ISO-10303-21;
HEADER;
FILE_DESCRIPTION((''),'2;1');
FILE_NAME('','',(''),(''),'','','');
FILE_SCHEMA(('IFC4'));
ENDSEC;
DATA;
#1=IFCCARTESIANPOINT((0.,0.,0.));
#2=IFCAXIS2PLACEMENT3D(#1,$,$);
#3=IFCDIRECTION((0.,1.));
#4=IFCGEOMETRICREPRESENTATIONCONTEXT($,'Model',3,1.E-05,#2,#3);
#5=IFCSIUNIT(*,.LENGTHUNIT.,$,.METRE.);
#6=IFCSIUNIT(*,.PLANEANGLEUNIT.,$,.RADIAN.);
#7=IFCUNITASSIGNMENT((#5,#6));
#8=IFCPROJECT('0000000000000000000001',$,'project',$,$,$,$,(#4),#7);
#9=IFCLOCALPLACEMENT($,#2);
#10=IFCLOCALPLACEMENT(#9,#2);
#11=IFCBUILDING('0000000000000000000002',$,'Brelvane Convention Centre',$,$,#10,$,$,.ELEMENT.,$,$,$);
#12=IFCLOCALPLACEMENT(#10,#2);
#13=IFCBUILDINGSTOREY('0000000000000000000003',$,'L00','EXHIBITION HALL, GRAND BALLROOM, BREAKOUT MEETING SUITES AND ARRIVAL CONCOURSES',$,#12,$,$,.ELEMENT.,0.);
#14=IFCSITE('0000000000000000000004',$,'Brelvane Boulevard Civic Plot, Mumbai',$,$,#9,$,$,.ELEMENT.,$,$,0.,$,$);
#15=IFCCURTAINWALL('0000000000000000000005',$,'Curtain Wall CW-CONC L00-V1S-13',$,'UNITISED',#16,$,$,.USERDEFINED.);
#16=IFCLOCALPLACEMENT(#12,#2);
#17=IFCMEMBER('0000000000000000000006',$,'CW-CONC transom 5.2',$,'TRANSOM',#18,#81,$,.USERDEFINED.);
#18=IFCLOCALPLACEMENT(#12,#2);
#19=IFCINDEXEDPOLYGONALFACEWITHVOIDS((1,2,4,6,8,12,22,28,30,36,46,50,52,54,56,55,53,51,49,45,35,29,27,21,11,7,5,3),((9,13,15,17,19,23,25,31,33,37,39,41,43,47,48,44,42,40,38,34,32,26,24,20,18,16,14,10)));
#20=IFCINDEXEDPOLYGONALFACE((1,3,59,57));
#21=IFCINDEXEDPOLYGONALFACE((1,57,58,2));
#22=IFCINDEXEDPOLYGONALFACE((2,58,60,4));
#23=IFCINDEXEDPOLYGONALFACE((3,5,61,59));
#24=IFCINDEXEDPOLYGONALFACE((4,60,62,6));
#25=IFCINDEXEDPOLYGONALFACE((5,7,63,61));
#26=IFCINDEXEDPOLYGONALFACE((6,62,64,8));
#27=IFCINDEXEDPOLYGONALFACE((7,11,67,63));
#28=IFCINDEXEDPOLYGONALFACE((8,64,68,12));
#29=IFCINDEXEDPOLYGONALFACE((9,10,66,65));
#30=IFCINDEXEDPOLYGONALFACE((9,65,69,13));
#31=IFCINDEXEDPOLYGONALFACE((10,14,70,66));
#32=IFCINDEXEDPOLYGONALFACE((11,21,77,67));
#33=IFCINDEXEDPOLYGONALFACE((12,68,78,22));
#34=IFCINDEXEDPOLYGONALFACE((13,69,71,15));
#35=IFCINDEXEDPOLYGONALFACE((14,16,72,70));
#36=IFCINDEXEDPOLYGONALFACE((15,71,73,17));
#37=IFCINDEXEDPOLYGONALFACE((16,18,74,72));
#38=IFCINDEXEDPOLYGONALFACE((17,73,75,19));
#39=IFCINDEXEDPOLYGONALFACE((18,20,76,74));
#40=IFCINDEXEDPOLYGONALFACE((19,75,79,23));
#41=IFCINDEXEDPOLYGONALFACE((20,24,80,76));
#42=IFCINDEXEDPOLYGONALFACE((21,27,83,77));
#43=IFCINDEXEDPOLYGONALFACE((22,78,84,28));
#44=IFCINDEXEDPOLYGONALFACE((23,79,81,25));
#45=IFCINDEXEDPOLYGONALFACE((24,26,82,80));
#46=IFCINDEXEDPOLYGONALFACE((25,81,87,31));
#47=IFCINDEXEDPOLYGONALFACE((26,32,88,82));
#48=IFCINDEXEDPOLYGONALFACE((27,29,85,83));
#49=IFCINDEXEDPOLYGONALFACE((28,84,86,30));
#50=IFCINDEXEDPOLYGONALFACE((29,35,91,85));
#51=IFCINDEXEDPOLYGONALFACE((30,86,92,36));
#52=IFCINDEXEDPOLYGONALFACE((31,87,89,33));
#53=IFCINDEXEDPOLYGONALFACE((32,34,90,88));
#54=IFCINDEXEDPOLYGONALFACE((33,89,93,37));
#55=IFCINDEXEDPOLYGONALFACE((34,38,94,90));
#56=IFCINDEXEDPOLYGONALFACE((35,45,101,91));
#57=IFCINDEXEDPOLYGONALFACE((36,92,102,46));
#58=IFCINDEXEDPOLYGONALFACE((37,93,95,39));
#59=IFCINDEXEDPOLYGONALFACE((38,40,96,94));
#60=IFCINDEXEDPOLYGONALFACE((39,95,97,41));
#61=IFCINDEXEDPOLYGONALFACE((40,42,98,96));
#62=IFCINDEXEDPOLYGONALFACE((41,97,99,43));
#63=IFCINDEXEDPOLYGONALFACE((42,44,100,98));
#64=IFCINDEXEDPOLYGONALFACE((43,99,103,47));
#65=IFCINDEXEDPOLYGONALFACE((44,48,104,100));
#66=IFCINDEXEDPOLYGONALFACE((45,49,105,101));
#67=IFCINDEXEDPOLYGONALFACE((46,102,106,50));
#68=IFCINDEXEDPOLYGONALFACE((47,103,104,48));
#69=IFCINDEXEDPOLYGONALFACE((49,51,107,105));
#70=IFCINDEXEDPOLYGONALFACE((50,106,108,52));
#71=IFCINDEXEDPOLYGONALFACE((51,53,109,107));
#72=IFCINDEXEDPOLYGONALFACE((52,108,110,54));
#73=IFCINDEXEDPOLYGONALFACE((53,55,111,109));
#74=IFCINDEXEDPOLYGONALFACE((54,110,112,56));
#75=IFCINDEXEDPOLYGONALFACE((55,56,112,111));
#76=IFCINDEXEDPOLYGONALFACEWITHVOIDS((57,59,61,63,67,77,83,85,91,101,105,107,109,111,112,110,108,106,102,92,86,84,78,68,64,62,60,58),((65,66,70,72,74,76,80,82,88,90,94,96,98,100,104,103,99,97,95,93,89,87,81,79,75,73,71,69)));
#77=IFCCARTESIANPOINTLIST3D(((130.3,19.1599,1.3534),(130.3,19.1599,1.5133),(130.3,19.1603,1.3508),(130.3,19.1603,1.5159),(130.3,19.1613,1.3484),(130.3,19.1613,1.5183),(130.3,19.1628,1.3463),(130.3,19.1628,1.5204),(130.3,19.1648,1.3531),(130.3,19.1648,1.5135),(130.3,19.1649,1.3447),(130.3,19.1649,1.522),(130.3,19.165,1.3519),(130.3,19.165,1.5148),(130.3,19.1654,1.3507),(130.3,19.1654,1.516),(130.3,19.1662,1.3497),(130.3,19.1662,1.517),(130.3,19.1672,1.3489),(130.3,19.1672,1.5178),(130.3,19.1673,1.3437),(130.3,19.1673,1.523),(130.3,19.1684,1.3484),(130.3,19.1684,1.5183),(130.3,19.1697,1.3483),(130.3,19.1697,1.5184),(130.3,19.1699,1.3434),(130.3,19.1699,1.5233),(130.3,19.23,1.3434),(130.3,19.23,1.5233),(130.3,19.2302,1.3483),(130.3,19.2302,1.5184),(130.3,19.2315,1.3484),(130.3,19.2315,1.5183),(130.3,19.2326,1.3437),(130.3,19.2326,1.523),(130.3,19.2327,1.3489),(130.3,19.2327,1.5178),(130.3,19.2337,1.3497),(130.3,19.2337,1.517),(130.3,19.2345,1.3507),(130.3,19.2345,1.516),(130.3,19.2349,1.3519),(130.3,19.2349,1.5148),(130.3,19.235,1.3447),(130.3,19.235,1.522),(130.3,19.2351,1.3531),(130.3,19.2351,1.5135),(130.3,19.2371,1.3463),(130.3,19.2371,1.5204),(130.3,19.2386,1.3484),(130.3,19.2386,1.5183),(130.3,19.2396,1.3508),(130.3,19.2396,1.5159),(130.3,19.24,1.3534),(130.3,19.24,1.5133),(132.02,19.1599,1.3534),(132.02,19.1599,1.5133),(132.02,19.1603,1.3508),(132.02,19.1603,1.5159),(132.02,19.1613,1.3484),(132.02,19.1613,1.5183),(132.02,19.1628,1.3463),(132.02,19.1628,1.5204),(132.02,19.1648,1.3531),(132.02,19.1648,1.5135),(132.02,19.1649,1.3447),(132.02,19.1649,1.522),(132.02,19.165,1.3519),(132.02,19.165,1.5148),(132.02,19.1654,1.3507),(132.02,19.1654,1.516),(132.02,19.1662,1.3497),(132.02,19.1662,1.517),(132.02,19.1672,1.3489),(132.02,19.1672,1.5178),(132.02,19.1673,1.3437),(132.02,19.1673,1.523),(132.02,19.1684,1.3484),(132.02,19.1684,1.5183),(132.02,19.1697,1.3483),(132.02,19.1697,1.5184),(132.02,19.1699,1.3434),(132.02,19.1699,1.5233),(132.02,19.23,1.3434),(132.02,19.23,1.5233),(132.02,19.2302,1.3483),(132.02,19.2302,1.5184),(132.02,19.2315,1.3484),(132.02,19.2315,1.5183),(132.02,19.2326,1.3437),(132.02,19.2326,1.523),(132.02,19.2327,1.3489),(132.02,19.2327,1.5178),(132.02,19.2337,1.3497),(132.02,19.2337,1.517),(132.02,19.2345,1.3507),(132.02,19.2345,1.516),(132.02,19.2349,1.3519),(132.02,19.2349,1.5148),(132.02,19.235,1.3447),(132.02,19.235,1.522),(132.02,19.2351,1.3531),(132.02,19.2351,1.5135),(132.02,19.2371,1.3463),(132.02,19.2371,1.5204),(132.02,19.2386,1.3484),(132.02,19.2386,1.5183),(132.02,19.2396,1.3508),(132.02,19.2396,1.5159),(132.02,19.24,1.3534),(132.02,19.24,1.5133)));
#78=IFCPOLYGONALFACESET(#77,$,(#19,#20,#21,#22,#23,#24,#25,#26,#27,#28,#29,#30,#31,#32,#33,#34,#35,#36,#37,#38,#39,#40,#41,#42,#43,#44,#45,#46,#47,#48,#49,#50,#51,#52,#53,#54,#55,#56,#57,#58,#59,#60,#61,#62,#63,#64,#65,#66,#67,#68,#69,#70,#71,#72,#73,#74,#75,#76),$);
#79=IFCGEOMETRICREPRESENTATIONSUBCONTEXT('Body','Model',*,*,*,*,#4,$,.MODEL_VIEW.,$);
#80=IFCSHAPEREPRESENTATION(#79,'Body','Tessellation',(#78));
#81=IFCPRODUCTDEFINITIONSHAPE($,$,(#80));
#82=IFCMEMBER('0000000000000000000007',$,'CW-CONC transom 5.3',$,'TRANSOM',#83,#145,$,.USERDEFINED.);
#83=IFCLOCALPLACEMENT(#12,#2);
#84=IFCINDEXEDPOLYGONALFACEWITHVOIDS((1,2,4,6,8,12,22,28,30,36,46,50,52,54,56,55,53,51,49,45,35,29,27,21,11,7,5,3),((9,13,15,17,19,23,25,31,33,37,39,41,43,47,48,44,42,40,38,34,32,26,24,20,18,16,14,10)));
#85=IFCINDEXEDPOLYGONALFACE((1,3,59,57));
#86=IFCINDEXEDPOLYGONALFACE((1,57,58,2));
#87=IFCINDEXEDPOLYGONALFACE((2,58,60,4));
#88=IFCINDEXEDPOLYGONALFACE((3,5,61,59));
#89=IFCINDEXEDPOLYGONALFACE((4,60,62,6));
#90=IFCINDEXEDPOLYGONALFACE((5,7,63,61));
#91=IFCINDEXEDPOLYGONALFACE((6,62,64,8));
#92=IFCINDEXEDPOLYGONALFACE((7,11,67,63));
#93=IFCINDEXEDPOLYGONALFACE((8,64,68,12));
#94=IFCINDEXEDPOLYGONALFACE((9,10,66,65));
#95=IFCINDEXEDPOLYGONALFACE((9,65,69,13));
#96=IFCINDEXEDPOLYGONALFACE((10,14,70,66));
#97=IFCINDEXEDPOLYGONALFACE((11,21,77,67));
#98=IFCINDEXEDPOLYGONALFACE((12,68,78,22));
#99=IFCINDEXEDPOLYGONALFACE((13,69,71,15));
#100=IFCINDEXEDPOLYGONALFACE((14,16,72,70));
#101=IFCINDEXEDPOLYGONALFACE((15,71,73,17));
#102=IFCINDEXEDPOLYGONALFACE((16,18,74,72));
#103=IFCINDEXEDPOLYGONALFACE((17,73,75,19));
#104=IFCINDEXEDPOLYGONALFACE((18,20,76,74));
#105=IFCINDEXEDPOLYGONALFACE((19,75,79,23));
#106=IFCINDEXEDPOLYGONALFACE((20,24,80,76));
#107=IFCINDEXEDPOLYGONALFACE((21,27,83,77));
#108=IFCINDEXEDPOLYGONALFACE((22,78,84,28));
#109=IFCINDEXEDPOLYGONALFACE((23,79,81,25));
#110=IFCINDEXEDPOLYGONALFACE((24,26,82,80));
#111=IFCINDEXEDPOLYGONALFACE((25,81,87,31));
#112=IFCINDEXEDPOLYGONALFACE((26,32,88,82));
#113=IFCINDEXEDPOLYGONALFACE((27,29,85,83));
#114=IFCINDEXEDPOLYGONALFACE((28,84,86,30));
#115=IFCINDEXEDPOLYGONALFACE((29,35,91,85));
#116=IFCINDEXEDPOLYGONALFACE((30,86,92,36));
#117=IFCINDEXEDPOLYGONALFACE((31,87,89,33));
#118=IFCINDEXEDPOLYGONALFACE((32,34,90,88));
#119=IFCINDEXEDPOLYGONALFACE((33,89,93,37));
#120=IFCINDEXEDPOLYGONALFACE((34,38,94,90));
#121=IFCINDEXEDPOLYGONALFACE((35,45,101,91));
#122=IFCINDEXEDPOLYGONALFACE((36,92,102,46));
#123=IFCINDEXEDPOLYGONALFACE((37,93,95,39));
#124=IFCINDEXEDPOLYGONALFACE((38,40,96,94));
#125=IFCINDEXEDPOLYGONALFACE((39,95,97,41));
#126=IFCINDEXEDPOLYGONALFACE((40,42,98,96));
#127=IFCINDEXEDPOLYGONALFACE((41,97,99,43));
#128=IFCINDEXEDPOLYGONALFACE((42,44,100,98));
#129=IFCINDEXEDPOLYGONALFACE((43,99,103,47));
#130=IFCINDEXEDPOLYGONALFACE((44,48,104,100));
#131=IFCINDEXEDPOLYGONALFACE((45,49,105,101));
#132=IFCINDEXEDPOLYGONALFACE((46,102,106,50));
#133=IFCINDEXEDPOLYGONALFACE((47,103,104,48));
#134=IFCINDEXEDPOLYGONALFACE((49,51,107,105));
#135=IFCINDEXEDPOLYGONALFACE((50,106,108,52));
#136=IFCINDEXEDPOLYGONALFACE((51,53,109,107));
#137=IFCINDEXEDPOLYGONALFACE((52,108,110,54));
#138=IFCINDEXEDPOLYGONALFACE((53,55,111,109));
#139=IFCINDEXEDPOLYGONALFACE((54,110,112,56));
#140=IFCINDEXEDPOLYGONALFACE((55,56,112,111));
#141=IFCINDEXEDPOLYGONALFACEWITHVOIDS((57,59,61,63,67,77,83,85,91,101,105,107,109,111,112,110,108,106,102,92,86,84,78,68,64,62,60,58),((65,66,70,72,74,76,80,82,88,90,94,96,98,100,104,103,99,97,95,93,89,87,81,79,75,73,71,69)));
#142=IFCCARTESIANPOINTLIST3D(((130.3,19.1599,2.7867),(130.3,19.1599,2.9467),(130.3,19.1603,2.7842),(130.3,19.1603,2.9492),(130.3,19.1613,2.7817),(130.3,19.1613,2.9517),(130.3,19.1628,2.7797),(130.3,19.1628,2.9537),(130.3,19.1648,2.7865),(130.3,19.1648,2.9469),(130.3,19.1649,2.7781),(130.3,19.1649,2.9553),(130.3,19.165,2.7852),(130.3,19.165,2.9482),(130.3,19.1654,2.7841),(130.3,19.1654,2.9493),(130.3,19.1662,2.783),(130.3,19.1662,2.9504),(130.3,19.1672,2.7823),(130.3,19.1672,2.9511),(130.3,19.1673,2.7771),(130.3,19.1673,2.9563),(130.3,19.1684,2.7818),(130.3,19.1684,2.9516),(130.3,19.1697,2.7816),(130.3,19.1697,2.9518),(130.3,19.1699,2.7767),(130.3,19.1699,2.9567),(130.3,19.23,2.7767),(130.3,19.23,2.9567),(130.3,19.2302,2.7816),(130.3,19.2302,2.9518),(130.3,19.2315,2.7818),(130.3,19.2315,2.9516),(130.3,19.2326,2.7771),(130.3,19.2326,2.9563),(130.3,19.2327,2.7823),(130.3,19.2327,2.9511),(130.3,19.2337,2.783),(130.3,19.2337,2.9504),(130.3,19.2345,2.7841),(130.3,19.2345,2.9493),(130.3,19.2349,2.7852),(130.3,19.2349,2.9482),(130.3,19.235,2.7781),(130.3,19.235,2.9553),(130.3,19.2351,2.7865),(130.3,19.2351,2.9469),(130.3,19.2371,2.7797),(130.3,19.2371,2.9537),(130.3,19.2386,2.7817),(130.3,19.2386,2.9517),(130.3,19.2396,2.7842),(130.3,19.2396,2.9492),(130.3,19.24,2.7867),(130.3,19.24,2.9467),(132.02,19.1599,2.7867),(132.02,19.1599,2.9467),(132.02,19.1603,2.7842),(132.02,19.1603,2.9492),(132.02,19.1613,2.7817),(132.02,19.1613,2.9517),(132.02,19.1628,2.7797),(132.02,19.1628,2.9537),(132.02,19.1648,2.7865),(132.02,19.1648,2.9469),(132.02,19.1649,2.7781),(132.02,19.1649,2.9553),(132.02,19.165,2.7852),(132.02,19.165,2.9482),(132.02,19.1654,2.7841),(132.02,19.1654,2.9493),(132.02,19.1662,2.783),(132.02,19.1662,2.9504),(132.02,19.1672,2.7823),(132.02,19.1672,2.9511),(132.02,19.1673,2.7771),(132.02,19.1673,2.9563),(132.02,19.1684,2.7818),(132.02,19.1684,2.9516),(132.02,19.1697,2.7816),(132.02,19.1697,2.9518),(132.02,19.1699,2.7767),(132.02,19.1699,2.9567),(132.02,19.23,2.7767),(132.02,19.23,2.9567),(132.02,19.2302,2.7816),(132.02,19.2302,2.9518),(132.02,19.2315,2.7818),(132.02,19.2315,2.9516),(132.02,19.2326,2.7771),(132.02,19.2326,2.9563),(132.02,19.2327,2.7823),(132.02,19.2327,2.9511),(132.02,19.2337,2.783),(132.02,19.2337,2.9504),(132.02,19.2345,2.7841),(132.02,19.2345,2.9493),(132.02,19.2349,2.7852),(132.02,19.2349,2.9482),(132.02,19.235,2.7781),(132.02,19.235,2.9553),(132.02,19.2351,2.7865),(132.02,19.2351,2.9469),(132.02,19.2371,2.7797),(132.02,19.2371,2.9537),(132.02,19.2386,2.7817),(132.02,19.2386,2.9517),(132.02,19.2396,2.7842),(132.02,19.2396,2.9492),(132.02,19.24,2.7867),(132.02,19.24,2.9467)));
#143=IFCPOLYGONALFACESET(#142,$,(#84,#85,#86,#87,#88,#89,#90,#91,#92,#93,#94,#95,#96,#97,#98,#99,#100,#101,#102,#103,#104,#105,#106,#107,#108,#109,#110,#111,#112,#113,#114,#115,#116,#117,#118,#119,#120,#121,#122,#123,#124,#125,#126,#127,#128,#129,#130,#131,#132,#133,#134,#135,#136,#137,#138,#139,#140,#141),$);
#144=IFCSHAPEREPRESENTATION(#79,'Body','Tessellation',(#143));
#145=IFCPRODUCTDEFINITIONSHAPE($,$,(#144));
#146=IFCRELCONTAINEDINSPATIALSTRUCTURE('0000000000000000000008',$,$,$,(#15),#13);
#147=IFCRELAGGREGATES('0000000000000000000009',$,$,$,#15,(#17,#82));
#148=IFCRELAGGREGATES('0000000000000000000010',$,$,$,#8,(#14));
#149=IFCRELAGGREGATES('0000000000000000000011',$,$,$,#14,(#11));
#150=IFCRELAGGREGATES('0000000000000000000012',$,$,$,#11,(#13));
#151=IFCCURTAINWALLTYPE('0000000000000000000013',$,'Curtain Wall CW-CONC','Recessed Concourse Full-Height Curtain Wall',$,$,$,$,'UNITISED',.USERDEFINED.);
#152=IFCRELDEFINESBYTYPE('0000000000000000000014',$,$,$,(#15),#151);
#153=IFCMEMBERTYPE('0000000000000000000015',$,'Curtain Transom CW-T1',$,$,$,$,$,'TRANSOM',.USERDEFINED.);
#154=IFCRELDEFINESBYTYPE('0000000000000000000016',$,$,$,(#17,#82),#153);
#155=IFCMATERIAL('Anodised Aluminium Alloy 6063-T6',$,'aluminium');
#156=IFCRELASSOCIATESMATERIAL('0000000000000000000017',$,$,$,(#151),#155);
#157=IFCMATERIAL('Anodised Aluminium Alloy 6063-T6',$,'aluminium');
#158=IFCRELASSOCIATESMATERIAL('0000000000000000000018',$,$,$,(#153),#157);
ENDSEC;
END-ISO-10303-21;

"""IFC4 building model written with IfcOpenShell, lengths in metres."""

from ifc_helpers import new_model, si_unit, direction, frame, origin, origin_2d, place, context, subcontext, project, spatial, hollow_rectangle, extrude, material, material_profile, profile_set, type_object, element, aggregate, save


model = new_model("IFC4")

# Units and contexts
model_context = context("Model", 3, precision=1e-05, world=origin(), true_north=direction((0.0, 1.0)))
body_context = subcontext(model_context, "Body", "Model", "MODEL_VIEW")
ifc_project = project(units=[si_unit("LENGTHUNIT", "METRE"), si_unit("PLANEANGLEUNIT", "RADIAN")], contexts=[model_context])

# Site, building, storey
site_placement = place(None, origin())
site = spatial("IfcSite", under=ifc_project, at=site_placement, Name="Brelvane Boulevard Civic Plot, Mumbai", CompositionType="ELEMENT", RefElevation=0.0)
building_placement = place(site_placement, origin())
building = spatial("IfcBuilding", under=site, at=building_placement, Name="Brelvane Convention Centre", CompositionType="ELEMENT")
storey_placement = place(building_placement, origin())
storey = spatial("IfcBuildingStorey", under=building, at=storey_placement, Name="L00", Description="EXHIBITION HALL, GRAND BALLROOM, BREAKOUT MEETING SUITES AND ARRIVAL CONCOURSES", CompositionType="ELEMENT", Elevation=0.0)

# Curtain wall, members
ifc_material_1 = material(Name="Anodised Aluminium Alloy 6063-T6", Category="aluminium")
curtain_wall_type = type_object("IfcCurtainWallType", Name="Curtain Wall CW-CONC", Description="Recessed Concourse Full-Height Curtain Wall", ElementType="UNITISED", PredefinedType="USERDEFINED", material=ifc_material_1)
curtain_wall_placement = place(storey_placement, origin())
curtain_wall = element("IfcCurtainWall", 1, at=curtain_wall_placement, inside=storey, type_object=curtain_wall_type, Name="Curtain Wall CW-CONC L00-V1S-13", ObjectType="UNITISED", PredefinedType="USERDEFINED")
ifc_material_2 = material(Name="Anodised Aluminium Alloy 6063-T6", Category="aluminium")
ifc_material_profile_1 = material_profile(ifc_material_2, hollow_rectangle(XDim=0.0801, YDim=0.1799, WallThickness=0.0049, InnerFilletRadius=0.0049, OuterFilletRadius=0.01, at=origin_2d()), Name="ALU-T 180x80x5.0")
ifc_profile_set_1 = profile_set([ifc_material_profile_1], Name="Anodised Aluminium Alloy 6063-T6")
member_type_1 = type_object("IfcMemberType", Name="Curtain Transom CW-T1", ElementType="TRANSOM", PredefinedType="USERDEFINED", material=ifc_profile_set_1)
member_1_placement = place(storey_placement, frame((130.3, 19.2, 1.4333), z_axis=(1.0, 0.0, 0.0), x_axis=(0.0, 1.0, 0.0)))
member_1 = element("IfcMember", 2, at=member_1_placement, type_object=member_type_1, Name="CW-CONC transom 5.2", ObjectType="TRANSOM", PredefinedType="USERDEFINED", context=body_context, shape_type="SweptSolid", body=[
    extrude(hollow_rectangle(XDim=0.0801, YDim=0.1799, WallThickness=0.0049, InnerFilletRadius=0.0049, OuterFilletRadius=0.01, at=origin_2d()), origin(), (0.0, 0.0, 1.0), 1.72),
])
member_2_placement = place(storey_placement, frame((130.3, 19.2, 2.8667), z_axis=(1.0, 0.0, 0.0), x_axis=(0.0, 1.0, 0.0)))
member_2 = element("IfcMember", 3, at=member_2_placement, type_object=member_type_1, Name="CW-CONC transom 5.3", ObjectType="TRANSOM", PredefinedType="USERDEFINED", context=body_context, shape_type="SweptSolid", body=[
    extrude(hollow_rectangle(XDim=0.0801, YDim=0.1799, WallThickness=0.0049, InnerFilletRadius=0.0049, OuterFilletRadius=0.01, at=origin_2d()), origin(), (0.0, 0.0, 1.0), 1.72),
])

aggregate(curtain_wall, [member_1, member_2])

save(model, "model.ifc")
